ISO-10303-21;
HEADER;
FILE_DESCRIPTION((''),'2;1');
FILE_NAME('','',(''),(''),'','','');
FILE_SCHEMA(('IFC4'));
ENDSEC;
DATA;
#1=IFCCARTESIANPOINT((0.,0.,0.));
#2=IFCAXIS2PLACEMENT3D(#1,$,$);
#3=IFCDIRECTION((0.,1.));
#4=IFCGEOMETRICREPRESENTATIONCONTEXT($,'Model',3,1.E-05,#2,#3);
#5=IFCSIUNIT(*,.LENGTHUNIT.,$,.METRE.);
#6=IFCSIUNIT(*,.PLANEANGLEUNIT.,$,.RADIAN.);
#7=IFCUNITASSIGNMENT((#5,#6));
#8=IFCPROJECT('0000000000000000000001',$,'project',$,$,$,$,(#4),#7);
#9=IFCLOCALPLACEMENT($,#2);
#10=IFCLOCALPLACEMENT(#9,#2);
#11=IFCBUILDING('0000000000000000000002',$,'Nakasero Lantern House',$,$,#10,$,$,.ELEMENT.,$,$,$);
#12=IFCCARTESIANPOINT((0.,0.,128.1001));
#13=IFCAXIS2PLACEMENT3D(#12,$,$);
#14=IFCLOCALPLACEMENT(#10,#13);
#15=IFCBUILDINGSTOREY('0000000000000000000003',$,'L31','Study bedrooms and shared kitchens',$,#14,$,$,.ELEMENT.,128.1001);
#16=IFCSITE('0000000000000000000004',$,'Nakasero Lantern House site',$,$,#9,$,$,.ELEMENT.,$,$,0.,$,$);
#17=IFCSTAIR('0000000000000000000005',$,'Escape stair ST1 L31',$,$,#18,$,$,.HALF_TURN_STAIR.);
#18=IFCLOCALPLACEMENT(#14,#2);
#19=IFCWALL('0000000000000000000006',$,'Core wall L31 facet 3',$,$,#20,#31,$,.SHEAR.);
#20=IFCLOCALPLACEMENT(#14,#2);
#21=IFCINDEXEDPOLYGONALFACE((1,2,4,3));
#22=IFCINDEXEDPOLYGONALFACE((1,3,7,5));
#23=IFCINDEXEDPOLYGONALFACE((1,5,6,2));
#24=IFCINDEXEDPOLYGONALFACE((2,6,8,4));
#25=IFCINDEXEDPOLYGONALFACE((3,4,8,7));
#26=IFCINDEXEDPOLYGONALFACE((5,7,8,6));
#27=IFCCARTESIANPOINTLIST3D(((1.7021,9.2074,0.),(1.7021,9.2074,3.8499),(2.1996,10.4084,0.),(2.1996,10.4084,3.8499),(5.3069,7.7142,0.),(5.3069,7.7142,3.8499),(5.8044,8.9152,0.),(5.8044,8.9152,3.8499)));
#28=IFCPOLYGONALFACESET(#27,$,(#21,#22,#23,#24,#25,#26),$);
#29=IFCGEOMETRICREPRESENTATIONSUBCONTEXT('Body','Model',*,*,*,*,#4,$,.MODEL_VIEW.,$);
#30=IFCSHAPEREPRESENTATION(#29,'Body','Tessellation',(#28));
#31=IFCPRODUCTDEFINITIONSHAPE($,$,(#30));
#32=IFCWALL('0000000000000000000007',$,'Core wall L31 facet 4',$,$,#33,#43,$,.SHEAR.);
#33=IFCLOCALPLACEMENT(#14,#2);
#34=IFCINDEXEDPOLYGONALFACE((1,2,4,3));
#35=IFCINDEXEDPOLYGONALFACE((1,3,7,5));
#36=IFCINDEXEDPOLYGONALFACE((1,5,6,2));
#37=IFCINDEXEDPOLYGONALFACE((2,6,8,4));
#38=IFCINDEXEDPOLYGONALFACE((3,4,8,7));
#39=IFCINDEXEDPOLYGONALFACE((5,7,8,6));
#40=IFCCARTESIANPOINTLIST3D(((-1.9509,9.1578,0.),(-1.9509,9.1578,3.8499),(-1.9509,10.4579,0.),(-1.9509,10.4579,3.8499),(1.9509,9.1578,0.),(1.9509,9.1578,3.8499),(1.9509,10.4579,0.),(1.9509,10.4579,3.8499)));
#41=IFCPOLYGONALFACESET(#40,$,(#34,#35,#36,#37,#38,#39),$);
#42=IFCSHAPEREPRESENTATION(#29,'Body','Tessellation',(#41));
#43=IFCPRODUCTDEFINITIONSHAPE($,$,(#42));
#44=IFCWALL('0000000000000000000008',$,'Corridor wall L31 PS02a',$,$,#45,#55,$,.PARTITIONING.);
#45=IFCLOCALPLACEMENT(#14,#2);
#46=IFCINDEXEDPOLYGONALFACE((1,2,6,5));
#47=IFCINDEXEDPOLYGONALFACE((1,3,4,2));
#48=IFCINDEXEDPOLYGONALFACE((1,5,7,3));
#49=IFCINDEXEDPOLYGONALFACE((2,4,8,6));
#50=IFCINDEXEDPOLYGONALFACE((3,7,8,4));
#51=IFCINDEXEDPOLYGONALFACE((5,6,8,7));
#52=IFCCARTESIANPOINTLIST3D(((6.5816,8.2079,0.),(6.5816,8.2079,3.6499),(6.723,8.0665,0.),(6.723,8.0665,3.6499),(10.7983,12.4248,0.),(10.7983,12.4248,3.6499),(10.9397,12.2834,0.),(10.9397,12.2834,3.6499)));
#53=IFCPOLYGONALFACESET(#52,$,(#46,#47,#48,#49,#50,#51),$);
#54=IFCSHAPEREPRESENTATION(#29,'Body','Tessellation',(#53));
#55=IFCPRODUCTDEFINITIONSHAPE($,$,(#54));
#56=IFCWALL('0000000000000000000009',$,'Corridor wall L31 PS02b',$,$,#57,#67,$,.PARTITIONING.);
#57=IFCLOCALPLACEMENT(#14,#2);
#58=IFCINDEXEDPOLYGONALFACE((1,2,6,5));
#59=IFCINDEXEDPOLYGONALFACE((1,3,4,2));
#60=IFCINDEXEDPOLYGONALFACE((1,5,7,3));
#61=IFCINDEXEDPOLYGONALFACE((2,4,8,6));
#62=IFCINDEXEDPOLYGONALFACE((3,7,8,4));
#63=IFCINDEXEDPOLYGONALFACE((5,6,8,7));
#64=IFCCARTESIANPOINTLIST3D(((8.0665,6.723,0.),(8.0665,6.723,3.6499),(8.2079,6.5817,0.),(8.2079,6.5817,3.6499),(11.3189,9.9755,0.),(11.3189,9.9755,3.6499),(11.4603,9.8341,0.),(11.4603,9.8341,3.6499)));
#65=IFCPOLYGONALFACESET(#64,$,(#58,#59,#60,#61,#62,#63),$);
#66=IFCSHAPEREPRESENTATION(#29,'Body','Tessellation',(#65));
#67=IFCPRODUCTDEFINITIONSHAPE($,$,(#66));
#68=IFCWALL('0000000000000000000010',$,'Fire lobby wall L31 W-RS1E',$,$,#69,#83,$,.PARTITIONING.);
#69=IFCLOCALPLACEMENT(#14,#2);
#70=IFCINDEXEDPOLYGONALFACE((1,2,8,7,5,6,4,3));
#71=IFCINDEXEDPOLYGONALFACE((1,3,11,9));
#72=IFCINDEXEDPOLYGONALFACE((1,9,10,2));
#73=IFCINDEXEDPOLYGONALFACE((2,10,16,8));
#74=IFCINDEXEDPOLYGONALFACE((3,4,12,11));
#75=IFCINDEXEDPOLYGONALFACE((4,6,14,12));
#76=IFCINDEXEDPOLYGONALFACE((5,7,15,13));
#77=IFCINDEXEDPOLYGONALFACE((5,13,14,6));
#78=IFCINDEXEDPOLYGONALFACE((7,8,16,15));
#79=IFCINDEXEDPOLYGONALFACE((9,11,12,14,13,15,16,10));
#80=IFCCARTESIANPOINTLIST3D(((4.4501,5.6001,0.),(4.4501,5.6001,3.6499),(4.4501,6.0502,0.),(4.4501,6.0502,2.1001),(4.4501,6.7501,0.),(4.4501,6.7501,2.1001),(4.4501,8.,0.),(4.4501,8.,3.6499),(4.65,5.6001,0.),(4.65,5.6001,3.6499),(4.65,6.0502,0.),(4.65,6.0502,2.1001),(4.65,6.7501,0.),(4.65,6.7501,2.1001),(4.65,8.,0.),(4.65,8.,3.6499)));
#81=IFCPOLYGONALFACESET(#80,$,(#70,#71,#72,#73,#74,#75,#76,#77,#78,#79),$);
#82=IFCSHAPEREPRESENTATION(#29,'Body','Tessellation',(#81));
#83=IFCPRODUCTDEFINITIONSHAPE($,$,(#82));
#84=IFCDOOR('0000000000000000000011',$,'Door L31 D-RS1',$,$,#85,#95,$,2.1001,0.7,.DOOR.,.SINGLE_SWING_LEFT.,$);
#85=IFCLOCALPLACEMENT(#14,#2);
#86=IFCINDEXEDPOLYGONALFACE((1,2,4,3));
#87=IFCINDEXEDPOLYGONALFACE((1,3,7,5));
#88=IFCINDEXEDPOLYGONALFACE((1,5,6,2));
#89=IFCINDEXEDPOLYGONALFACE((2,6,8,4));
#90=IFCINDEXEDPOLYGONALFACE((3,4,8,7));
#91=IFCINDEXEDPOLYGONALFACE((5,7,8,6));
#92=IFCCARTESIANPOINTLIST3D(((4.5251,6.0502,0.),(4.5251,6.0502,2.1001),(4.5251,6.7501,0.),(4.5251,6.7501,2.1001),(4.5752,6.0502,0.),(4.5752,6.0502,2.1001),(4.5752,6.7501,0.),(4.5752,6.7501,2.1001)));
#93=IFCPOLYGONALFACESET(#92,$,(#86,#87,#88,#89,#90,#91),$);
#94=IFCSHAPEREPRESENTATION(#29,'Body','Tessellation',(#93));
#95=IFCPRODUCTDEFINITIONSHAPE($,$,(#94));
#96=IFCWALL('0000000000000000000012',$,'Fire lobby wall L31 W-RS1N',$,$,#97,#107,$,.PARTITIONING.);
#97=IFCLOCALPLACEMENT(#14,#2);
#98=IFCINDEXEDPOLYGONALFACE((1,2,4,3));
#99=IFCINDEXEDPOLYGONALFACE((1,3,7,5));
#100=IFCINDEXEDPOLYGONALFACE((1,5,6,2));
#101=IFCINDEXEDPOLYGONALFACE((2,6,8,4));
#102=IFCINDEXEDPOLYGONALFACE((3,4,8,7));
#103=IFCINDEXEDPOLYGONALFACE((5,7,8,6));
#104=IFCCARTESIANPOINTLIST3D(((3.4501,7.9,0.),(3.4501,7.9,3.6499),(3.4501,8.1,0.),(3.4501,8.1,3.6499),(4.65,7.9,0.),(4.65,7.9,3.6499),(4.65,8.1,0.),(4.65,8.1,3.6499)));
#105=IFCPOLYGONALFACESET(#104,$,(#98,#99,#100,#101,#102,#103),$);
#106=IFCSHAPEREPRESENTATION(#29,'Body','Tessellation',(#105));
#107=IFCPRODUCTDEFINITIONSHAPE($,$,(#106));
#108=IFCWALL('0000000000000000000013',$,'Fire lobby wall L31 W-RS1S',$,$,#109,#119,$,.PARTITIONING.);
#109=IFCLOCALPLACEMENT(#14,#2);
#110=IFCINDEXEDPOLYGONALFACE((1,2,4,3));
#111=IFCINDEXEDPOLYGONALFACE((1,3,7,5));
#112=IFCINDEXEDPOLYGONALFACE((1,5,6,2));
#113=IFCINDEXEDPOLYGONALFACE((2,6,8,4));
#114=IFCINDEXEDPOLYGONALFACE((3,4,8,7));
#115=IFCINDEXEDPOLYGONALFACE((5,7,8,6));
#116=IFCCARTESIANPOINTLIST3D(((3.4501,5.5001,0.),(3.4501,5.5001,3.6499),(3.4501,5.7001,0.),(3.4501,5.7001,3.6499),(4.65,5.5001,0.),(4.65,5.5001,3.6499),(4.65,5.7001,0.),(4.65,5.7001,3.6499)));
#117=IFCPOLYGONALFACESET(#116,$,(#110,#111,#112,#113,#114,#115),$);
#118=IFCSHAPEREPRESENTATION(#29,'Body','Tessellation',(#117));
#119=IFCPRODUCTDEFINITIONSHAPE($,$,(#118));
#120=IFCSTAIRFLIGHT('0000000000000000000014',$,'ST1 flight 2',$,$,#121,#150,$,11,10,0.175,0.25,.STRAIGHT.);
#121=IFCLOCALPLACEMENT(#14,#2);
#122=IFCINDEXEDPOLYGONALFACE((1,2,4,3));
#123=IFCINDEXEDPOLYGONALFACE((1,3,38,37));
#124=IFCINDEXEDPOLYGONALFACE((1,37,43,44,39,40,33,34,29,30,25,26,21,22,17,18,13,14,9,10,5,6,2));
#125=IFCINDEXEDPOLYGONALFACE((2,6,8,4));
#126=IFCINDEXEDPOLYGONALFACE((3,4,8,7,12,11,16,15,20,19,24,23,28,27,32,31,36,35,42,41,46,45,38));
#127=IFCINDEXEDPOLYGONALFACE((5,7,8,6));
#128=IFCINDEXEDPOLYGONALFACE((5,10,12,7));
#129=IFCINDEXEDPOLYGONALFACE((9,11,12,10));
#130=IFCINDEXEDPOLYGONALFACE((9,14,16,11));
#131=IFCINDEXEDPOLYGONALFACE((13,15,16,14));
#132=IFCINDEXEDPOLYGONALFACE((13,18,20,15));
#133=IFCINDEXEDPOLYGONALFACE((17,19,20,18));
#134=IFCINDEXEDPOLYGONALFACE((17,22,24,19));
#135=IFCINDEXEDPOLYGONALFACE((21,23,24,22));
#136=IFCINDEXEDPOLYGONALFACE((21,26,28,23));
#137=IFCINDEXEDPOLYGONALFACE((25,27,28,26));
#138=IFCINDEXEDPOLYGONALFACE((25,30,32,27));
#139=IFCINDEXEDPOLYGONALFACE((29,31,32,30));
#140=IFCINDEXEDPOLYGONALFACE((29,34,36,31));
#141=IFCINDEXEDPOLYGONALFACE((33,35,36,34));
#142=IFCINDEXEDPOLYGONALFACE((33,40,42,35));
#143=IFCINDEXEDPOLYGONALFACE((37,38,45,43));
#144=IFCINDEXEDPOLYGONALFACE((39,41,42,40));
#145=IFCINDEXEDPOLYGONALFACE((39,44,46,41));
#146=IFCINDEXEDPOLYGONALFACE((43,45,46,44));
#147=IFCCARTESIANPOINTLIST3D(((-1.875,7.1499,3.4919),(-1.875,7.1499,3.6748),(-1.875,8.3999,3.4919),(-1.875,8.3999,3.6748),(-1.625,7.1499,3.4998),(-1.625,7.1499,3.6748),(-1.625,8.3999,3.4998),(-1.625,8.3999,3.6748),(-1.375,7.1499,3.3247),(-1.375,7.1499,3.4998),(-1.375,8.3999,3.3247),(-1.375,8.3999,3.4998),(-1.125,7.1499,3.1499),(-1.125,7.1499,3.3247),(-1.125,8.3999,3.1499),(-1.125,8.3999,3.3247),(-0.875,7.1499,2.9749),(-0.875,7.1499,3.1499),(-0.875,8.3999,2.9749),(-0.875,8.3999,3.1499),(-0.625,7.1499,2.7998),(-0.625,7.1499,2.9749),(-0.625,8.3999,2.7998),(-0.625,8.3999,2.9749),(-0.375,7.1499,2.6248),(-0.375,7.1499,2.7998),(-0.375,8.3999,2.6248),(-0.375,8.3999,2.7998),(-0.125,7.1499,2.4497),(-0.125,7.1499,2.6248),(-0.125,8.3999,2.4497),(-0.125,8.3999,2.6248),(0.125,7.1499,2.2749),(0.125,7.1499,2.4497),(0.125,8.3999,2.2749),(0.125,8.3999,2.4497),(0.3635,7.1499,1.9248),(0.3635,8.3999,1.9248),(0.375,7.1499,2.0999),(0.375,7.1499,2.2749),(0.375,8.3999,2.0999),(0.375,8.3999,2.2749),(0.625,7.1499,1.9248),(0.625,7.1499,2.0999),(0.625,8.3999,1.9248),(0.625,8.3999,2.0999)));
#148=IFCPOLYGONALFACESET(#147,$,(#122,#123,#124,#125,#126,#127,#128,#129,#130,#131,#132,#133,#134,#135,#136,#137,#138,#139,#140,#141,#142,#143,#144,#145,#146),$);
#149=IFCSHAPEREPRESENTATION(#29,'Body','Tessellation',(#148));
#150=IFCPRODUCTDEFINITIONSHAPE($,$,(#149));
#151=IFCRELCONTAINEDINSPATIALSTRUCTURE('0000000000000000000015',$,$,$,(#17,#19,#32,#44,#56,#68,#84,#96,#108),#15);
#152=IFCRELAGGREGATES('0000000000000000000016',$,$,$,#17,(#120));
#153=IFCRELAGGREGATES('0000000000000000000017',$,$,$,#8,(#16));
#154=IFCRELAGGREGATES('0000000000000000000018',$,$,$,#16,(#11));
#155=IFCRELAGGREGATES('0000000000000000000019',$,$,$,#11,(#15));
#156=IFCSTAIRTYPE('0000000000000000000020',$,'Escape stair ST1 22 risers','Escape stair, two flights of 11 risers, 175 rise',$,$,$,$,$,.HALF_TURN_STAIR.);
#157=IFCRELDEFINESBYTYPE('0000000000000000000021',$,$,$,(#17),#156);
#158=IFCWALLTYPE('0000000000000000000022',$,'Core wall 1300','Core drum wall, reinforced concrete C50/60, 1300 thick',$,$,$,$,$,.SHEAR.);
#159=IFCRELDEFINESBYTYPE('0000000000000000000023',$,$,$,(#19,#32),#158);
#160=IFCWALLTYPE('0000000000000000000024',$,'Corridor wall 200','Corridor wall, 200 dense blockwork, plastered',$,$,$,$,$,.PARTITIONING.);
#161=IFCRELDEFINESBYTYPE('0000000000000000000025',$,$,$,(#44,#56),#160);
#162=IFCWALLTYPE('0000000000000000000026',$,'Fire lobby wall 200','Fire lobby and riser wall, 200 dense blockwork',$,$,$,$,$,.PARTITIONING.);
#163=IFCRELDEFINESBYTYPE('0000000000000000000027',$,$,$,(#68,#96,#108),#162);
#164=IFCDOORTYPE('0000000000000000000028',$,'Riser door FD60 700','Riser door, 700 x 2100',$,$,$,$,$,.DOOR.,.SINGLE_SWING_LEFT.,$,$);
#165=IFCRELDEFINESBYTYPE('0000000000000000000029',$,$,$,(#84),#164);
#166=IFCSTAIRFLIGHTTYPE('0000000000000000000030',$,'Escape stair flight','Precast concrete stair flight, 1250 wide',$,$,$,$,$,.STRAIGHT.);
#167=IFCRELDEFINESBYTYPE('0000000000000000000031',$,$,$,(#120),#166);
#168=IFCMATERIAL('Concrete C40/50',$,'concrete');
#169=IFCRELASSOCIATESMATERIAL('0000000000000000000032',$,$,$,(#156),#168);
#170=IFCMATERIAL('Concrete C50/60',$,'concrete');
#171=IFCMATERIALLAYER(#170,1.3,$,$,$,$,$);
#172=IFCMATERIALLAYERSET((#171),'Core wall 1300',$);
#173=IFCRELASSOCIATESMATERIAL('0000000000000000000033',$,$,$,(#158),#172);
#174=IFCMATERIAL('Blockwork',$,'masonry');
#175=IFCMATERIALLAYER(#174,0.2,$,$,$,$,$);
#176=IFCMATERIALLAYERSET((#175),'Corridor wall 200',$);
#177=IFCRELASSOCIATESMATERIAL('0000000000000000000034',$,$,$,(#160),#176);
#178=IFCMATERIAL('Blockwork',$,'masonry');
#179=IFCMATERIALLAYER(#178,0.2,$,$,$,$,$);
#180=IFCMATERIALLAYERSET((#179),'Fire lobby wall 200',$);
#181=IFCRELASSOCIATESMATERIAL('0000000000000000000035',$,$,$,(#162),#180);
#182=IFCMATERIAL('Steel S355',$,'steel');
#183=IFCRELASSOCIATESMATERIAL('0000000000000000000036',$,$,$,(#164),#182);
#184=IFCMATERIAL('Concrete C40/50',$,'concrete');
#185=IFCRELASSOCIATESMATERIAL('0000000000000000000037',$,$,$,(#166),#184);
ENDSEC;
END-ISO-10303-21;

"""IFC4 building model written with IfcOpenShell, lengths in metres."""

from ifc_helpers import new_model, si_unit, direction, frame, frame_2d, origin, place, context, subcontext, project, spatial, polyline, rectangle, outline, extrude, material, layer, layer_set, type_object, element, fill, aggregate, save


model = new_model("IFC4")

# Units and contexts
model_context = context("Model", 3, precision=1e-05, world=origin(), true_north=direction((0.0, 1.0)))
body_context = subcontext(model_context, "Body", "Model", "MODEL_VIEW")
ifc_project = project(units=[si_unit("LENGTHUNIT", "METRE"), si_unit("PLANEANGLEUNIT", "RADIAN")], contexts=[model_context])

# Site, building, storey
site_placement = place(None, origin())
site = spatial("IfcSite", under=ifc_project, at=site_placement, Name="Nakasero Lantern House site", CompositionType="ELEMENT", RefElevation=0.0)
building_placement = place(site_placement, origin())
building = spatial("IfcBuilding", under=site, at=building_placement, Name="Nakasero Lantern House", CompositionType="ELEMENT")
storey_placement = place(building_placement, frame((0.0, 0.0, 128.1001)))
storey = spatial("IfcBuildingStorey", under=building, at=storey_placement, Name="L31", Description="Study bedrooms and shared kitchens", CompositionType="ELEMENT", Elevation=128.1001)

# Stair
ifc_material_1 = material(Name="Concrete C40/50", Category="concrete")
stair_type_1 = type_object("IfcStairType", Name="Escape stair ST1 22 risers", Description="Escape stair, two flights of 11 risers, 175 rise", PredefinedType="HALF_TURN_STAIR", material=ifc_material_1)
stair_1_placement = place(storey_placement, origin())
stair_1 = element("IfcStair", 1, at=stair_1_placement, inside=storey, type_object=stair_type_1, Name="Escape stair ST1 L31", PredefinedType="HALF_TURN_STAIR")

# Shared definitions
ifc_material_2 = material(Name="Concrete C50/60", Category="concrete")
ifc_layer_1 = layer(ifc_material_2, 1.3)
ifc_layer_set_1 = layer_set([ifc_layer_1], Name="Core wall 1300")
wall_type_1 = type_object("IfcWallType", Name="Core wall 1300", Description="Core drum wall, reinforced concrete C50/60, 1300 thick", PredefinedType="SHEAR", material=ifc_layer_set_1)

# Walls
for number, where, z_axis, x_axis, name in (
    (2, (5.5557, 8.3147, 0.0), (0.0, 0.0, 1.0), (-0.923877, 0.382691, 0.0), "Core wall L31 facet 3"),
    (3, (1.9509, 9.8079, 0.0), (0.0, 0.0, 1.0), (-1.0, 0.0, 0.0), "Core wall L31 facet 4"),
):
    element("IfcWall", number, at=place(storey_placement, frame(where, z_axis=z_axis, x_axis=x_axis)), inside=storey, type_object=wall_type_1, Name=name, PredefinedType="SHEAR", context=body_context, shape_type="SweptSolid", body=[
        extrude(rectangle(XDim=3.9019, YDim=1.3, at=frame_2d((1.9509, 0.0))), origin(), (0.0, 0.0, 1.0), 3.8499),
    ])
ifc_material_3 = material(Name="Blockwork", Category="masonry")
ifc_layer_2 = layer(ifc_material_3, 0.2)
ifc_layer_set_2 = layer_set([ifc_layer_2], Name="Corridor wall 200")
wall_type_2 = type_object("IfcWallType", Name="Corridor wall 200", Description="Corridor wall, 200 dense blockwork, plastered", PredefinedType="PARTITIONING", material=ifc_layer_set_2)
wall_1_placement = place(storey_placement, frame((6.6523, 8.1372, 0.0), z_axis=(0.0, 0.0, 1.0), x_axis=(0.707086, 0.707127, 0.0)))
element("IfcWall", 4, at=wall_1_placement, inside=storey, type_object=wall_type_2, Name="Corridor wall L31 PS02a", PredefinedType="PARTITIONING", context=body_context, shape_type="SweptSolid", body=[
    extrude(rectangle(XDim=5.9634, YDim=0.2, at=frame_2d((2.9817, 0.0))), origin(), (0.0, 0.0, 1.0), 3.6499),
])
wall_2_placement = place(storey_placement, frame((8.1372, 6.6523, 0.0), z_axis=(0.0, 0.0, 1.0), x_axis=(0.707107, 0.707107, 0.0)))
element("IfcWall", 5, at=wall_2_placement, inside=storey, type_object=wall_type_2, Name="Corridor wall L31 PS02b", PredefinedType="PARTITIONING", context=body_context, shape_type="SweptSolid", body=[
    extrude(rectangle(XDim=4.5996, YDim=0.2, at=frame_2d((2.2998, 0.0))), origin(), (0.0, 0.0, 1.0), 3.6499),
])

# Wall, opening, door
ifc_material_4 = material(Name="Blockwork", Category="masonry")
ifc_layer_3 = layer(ifc_material_4, 0.2)
ifc_layer_set_3 = layer_set([ifc_layer_3], Name="Fire lobby wall 200")
wall_type_3 = type_object("IfcWallType", Name="Fire lobby wall 200", Description="Fire lobby and riser wall, 200 dense blockwork", PredefinedType="PARTITIONING", material=ifc_layer_set_3)
wall_3_placement = place(storey_placement, frame((4.55, 5.6001, 0.0), z_axis=(0.0, 0.0, 1.0), x_axis=(0.0, 1.0, 0.0)))
wall_3 = element("IfcWall", 6, at=wall_3_placement, inside=storey, type_object=wall_type_3, Name="Fire lobby wall L31 W-RS1E", PredefinedType="PARTITIONING", context=body_context, shape_type="SweptSolid", body=[
    extrude(rectangle(XDim=2.3999, YDim=0.2, at=frame_2d((1.2, 0.0))), origin(), (0.0, 0.0, 1.0), 3.6499),
])
opening_1_placement = place(wall_3_placement, frame((0.45, 0.0, 0.0)))
opening_1 = element("IfcOpeningElement", 7, at=opening_1_placement, cuts=wall_3, PredefinedType="OPENING", context=body_context, shape_type="SweptSolid", body=[
    extrude(rectangle(XDim=0.7, YDim=2.1001, at=frame_2d((0.3501, 1.05))), frame((0.0, 0.1199, 0.0), z_axis=(0.0, -1.0, 0.0), x_axis=(1.0, 0.0, 0.0)), (0.0, 0.0, 1.0), 0.24),
])
ifc_material_5 = material(Name="Steel S355", Category="steel")
door_type_1 = type_object("IfcDoorType", Name="Riser door FD60 700", Description="Riser door, 700 x 2100", OperationType="SINGLE_SWING_LEFT", PredefinedType="DOOR", material=ifc_material_5)
door_1_placement = place(opening_1_placement, origin())
door_1 = element("IfcDoor", 8, at=door_1_placement, inside=storey, type_object=door_type_1, Name="Door L31 D-RS1", OperationType="SINGLE_SWING_LEFT", OverallHeight=2.1001, OverallWidth=0.7, PredefinedType="DOOR", context=body_context, shape_type="SweptSolid", body=[
    extrude(rectangle(XDim=0.7, YDim=2.1001, at=frame_2d((0.3501, 1.05))), frame((0.0, 0.0249, 0.0), z_axis=(0.0, -1.0, 0.0), x_axis=(1.0, 0.0, 0.0)), (0.0, 0.0, 1.0), 0.05),
])
fill(opening_1, door_1)

# Walls
for number, where, z_axis, x_axis, name in (
    (9, (3.45, 8.0, 0.0), (0.0, 0.0, 1.0), (1.0, 0.0, 0.0), "Fire lobby wall L31 W-RS1N"),
    (10, (3.45, 5.6001, 0.0), (0.0, 0.0, 1.0), (1.0, 0.0, 0.0), "Fire lobby wall L31 W-RS1S"),
):
    element("IfcWall", number, at=place(storey_placement, frame(where, z_axis=z_axis, x_axis=x_axis)), inside=storey, type_object=wall_type_3, Name=name, PredefinedType="PARTITIONING", context=body_context, shape_type="SweptSolid", body=[
        extrude(rectangle(XDim=1.2, YDim=0.2, at=frame_2d((0.6001, 0.0))), origin(), (0.0, 0.0, 1.0), 3.6499),
    ])

# Stair flight
ifc_material_6 = material(Name="Concrete C40/50", Category="concrete")
stair_flight_type = type_object("IfcStairFlightType", Name="Escape stair flight", Description="Precast concrete stair flight, 1250 wide", PredefinedType="STRAIGHT", material=ifc_material_6)
stair_flight_placement = place(storey_placement, frame((0.625, 7.7749, 1.9248), z_axis=(0.0, 0.0, 1.0), x_axis=(-1.0, 0.0, 0.0)))
stair_flight = element("IfcStairFlight", 11, at=stair_flight_placement, type_object=stair_flight_type, Name="ST1 flight 2", NumberOfRisers=11, NumberOfTreads=10, PredefinedType="STRAIGHT", RiserHeight=0.175, TreadLength=0.25, context=body_context, shape_type="SweptSolid", body=[
    extrude(outline(polyline([(0.0, 0.0), (0.0, 0.175), (0.25, 0.175), (0.25, 0.3501), (0.5, 0.3501), (0.5, 0.5249), (0.75, 0.5249), (0.75, 0.7), (1.0, 0.7), (1.0, 0.875), (1.25, 0.875), (1.25, 1.05), (1.5, 1.05), (1.5, 1.2251), (1.75, 1.2251), (1.75, 1.3999), (2.0, 1.3999), (2.0, 1.575), (2.25, 1.575), (2.25, 1.75), (2.5, 1.75), (2.5, 1.925), (2.5, 1.5671), (0.2615, 0.0), (0.0, 0.0)])), frame((0.0, 0.625, 0.0), z_axis=(0.0, -1.0, 0.0), x_axis=(1.0, 0.0, 0.0)), (0.0, 0.0, 1.0), 1.25),
])
aggregate(stair_1, [stair_flight])

save(model, "model.ifc")
